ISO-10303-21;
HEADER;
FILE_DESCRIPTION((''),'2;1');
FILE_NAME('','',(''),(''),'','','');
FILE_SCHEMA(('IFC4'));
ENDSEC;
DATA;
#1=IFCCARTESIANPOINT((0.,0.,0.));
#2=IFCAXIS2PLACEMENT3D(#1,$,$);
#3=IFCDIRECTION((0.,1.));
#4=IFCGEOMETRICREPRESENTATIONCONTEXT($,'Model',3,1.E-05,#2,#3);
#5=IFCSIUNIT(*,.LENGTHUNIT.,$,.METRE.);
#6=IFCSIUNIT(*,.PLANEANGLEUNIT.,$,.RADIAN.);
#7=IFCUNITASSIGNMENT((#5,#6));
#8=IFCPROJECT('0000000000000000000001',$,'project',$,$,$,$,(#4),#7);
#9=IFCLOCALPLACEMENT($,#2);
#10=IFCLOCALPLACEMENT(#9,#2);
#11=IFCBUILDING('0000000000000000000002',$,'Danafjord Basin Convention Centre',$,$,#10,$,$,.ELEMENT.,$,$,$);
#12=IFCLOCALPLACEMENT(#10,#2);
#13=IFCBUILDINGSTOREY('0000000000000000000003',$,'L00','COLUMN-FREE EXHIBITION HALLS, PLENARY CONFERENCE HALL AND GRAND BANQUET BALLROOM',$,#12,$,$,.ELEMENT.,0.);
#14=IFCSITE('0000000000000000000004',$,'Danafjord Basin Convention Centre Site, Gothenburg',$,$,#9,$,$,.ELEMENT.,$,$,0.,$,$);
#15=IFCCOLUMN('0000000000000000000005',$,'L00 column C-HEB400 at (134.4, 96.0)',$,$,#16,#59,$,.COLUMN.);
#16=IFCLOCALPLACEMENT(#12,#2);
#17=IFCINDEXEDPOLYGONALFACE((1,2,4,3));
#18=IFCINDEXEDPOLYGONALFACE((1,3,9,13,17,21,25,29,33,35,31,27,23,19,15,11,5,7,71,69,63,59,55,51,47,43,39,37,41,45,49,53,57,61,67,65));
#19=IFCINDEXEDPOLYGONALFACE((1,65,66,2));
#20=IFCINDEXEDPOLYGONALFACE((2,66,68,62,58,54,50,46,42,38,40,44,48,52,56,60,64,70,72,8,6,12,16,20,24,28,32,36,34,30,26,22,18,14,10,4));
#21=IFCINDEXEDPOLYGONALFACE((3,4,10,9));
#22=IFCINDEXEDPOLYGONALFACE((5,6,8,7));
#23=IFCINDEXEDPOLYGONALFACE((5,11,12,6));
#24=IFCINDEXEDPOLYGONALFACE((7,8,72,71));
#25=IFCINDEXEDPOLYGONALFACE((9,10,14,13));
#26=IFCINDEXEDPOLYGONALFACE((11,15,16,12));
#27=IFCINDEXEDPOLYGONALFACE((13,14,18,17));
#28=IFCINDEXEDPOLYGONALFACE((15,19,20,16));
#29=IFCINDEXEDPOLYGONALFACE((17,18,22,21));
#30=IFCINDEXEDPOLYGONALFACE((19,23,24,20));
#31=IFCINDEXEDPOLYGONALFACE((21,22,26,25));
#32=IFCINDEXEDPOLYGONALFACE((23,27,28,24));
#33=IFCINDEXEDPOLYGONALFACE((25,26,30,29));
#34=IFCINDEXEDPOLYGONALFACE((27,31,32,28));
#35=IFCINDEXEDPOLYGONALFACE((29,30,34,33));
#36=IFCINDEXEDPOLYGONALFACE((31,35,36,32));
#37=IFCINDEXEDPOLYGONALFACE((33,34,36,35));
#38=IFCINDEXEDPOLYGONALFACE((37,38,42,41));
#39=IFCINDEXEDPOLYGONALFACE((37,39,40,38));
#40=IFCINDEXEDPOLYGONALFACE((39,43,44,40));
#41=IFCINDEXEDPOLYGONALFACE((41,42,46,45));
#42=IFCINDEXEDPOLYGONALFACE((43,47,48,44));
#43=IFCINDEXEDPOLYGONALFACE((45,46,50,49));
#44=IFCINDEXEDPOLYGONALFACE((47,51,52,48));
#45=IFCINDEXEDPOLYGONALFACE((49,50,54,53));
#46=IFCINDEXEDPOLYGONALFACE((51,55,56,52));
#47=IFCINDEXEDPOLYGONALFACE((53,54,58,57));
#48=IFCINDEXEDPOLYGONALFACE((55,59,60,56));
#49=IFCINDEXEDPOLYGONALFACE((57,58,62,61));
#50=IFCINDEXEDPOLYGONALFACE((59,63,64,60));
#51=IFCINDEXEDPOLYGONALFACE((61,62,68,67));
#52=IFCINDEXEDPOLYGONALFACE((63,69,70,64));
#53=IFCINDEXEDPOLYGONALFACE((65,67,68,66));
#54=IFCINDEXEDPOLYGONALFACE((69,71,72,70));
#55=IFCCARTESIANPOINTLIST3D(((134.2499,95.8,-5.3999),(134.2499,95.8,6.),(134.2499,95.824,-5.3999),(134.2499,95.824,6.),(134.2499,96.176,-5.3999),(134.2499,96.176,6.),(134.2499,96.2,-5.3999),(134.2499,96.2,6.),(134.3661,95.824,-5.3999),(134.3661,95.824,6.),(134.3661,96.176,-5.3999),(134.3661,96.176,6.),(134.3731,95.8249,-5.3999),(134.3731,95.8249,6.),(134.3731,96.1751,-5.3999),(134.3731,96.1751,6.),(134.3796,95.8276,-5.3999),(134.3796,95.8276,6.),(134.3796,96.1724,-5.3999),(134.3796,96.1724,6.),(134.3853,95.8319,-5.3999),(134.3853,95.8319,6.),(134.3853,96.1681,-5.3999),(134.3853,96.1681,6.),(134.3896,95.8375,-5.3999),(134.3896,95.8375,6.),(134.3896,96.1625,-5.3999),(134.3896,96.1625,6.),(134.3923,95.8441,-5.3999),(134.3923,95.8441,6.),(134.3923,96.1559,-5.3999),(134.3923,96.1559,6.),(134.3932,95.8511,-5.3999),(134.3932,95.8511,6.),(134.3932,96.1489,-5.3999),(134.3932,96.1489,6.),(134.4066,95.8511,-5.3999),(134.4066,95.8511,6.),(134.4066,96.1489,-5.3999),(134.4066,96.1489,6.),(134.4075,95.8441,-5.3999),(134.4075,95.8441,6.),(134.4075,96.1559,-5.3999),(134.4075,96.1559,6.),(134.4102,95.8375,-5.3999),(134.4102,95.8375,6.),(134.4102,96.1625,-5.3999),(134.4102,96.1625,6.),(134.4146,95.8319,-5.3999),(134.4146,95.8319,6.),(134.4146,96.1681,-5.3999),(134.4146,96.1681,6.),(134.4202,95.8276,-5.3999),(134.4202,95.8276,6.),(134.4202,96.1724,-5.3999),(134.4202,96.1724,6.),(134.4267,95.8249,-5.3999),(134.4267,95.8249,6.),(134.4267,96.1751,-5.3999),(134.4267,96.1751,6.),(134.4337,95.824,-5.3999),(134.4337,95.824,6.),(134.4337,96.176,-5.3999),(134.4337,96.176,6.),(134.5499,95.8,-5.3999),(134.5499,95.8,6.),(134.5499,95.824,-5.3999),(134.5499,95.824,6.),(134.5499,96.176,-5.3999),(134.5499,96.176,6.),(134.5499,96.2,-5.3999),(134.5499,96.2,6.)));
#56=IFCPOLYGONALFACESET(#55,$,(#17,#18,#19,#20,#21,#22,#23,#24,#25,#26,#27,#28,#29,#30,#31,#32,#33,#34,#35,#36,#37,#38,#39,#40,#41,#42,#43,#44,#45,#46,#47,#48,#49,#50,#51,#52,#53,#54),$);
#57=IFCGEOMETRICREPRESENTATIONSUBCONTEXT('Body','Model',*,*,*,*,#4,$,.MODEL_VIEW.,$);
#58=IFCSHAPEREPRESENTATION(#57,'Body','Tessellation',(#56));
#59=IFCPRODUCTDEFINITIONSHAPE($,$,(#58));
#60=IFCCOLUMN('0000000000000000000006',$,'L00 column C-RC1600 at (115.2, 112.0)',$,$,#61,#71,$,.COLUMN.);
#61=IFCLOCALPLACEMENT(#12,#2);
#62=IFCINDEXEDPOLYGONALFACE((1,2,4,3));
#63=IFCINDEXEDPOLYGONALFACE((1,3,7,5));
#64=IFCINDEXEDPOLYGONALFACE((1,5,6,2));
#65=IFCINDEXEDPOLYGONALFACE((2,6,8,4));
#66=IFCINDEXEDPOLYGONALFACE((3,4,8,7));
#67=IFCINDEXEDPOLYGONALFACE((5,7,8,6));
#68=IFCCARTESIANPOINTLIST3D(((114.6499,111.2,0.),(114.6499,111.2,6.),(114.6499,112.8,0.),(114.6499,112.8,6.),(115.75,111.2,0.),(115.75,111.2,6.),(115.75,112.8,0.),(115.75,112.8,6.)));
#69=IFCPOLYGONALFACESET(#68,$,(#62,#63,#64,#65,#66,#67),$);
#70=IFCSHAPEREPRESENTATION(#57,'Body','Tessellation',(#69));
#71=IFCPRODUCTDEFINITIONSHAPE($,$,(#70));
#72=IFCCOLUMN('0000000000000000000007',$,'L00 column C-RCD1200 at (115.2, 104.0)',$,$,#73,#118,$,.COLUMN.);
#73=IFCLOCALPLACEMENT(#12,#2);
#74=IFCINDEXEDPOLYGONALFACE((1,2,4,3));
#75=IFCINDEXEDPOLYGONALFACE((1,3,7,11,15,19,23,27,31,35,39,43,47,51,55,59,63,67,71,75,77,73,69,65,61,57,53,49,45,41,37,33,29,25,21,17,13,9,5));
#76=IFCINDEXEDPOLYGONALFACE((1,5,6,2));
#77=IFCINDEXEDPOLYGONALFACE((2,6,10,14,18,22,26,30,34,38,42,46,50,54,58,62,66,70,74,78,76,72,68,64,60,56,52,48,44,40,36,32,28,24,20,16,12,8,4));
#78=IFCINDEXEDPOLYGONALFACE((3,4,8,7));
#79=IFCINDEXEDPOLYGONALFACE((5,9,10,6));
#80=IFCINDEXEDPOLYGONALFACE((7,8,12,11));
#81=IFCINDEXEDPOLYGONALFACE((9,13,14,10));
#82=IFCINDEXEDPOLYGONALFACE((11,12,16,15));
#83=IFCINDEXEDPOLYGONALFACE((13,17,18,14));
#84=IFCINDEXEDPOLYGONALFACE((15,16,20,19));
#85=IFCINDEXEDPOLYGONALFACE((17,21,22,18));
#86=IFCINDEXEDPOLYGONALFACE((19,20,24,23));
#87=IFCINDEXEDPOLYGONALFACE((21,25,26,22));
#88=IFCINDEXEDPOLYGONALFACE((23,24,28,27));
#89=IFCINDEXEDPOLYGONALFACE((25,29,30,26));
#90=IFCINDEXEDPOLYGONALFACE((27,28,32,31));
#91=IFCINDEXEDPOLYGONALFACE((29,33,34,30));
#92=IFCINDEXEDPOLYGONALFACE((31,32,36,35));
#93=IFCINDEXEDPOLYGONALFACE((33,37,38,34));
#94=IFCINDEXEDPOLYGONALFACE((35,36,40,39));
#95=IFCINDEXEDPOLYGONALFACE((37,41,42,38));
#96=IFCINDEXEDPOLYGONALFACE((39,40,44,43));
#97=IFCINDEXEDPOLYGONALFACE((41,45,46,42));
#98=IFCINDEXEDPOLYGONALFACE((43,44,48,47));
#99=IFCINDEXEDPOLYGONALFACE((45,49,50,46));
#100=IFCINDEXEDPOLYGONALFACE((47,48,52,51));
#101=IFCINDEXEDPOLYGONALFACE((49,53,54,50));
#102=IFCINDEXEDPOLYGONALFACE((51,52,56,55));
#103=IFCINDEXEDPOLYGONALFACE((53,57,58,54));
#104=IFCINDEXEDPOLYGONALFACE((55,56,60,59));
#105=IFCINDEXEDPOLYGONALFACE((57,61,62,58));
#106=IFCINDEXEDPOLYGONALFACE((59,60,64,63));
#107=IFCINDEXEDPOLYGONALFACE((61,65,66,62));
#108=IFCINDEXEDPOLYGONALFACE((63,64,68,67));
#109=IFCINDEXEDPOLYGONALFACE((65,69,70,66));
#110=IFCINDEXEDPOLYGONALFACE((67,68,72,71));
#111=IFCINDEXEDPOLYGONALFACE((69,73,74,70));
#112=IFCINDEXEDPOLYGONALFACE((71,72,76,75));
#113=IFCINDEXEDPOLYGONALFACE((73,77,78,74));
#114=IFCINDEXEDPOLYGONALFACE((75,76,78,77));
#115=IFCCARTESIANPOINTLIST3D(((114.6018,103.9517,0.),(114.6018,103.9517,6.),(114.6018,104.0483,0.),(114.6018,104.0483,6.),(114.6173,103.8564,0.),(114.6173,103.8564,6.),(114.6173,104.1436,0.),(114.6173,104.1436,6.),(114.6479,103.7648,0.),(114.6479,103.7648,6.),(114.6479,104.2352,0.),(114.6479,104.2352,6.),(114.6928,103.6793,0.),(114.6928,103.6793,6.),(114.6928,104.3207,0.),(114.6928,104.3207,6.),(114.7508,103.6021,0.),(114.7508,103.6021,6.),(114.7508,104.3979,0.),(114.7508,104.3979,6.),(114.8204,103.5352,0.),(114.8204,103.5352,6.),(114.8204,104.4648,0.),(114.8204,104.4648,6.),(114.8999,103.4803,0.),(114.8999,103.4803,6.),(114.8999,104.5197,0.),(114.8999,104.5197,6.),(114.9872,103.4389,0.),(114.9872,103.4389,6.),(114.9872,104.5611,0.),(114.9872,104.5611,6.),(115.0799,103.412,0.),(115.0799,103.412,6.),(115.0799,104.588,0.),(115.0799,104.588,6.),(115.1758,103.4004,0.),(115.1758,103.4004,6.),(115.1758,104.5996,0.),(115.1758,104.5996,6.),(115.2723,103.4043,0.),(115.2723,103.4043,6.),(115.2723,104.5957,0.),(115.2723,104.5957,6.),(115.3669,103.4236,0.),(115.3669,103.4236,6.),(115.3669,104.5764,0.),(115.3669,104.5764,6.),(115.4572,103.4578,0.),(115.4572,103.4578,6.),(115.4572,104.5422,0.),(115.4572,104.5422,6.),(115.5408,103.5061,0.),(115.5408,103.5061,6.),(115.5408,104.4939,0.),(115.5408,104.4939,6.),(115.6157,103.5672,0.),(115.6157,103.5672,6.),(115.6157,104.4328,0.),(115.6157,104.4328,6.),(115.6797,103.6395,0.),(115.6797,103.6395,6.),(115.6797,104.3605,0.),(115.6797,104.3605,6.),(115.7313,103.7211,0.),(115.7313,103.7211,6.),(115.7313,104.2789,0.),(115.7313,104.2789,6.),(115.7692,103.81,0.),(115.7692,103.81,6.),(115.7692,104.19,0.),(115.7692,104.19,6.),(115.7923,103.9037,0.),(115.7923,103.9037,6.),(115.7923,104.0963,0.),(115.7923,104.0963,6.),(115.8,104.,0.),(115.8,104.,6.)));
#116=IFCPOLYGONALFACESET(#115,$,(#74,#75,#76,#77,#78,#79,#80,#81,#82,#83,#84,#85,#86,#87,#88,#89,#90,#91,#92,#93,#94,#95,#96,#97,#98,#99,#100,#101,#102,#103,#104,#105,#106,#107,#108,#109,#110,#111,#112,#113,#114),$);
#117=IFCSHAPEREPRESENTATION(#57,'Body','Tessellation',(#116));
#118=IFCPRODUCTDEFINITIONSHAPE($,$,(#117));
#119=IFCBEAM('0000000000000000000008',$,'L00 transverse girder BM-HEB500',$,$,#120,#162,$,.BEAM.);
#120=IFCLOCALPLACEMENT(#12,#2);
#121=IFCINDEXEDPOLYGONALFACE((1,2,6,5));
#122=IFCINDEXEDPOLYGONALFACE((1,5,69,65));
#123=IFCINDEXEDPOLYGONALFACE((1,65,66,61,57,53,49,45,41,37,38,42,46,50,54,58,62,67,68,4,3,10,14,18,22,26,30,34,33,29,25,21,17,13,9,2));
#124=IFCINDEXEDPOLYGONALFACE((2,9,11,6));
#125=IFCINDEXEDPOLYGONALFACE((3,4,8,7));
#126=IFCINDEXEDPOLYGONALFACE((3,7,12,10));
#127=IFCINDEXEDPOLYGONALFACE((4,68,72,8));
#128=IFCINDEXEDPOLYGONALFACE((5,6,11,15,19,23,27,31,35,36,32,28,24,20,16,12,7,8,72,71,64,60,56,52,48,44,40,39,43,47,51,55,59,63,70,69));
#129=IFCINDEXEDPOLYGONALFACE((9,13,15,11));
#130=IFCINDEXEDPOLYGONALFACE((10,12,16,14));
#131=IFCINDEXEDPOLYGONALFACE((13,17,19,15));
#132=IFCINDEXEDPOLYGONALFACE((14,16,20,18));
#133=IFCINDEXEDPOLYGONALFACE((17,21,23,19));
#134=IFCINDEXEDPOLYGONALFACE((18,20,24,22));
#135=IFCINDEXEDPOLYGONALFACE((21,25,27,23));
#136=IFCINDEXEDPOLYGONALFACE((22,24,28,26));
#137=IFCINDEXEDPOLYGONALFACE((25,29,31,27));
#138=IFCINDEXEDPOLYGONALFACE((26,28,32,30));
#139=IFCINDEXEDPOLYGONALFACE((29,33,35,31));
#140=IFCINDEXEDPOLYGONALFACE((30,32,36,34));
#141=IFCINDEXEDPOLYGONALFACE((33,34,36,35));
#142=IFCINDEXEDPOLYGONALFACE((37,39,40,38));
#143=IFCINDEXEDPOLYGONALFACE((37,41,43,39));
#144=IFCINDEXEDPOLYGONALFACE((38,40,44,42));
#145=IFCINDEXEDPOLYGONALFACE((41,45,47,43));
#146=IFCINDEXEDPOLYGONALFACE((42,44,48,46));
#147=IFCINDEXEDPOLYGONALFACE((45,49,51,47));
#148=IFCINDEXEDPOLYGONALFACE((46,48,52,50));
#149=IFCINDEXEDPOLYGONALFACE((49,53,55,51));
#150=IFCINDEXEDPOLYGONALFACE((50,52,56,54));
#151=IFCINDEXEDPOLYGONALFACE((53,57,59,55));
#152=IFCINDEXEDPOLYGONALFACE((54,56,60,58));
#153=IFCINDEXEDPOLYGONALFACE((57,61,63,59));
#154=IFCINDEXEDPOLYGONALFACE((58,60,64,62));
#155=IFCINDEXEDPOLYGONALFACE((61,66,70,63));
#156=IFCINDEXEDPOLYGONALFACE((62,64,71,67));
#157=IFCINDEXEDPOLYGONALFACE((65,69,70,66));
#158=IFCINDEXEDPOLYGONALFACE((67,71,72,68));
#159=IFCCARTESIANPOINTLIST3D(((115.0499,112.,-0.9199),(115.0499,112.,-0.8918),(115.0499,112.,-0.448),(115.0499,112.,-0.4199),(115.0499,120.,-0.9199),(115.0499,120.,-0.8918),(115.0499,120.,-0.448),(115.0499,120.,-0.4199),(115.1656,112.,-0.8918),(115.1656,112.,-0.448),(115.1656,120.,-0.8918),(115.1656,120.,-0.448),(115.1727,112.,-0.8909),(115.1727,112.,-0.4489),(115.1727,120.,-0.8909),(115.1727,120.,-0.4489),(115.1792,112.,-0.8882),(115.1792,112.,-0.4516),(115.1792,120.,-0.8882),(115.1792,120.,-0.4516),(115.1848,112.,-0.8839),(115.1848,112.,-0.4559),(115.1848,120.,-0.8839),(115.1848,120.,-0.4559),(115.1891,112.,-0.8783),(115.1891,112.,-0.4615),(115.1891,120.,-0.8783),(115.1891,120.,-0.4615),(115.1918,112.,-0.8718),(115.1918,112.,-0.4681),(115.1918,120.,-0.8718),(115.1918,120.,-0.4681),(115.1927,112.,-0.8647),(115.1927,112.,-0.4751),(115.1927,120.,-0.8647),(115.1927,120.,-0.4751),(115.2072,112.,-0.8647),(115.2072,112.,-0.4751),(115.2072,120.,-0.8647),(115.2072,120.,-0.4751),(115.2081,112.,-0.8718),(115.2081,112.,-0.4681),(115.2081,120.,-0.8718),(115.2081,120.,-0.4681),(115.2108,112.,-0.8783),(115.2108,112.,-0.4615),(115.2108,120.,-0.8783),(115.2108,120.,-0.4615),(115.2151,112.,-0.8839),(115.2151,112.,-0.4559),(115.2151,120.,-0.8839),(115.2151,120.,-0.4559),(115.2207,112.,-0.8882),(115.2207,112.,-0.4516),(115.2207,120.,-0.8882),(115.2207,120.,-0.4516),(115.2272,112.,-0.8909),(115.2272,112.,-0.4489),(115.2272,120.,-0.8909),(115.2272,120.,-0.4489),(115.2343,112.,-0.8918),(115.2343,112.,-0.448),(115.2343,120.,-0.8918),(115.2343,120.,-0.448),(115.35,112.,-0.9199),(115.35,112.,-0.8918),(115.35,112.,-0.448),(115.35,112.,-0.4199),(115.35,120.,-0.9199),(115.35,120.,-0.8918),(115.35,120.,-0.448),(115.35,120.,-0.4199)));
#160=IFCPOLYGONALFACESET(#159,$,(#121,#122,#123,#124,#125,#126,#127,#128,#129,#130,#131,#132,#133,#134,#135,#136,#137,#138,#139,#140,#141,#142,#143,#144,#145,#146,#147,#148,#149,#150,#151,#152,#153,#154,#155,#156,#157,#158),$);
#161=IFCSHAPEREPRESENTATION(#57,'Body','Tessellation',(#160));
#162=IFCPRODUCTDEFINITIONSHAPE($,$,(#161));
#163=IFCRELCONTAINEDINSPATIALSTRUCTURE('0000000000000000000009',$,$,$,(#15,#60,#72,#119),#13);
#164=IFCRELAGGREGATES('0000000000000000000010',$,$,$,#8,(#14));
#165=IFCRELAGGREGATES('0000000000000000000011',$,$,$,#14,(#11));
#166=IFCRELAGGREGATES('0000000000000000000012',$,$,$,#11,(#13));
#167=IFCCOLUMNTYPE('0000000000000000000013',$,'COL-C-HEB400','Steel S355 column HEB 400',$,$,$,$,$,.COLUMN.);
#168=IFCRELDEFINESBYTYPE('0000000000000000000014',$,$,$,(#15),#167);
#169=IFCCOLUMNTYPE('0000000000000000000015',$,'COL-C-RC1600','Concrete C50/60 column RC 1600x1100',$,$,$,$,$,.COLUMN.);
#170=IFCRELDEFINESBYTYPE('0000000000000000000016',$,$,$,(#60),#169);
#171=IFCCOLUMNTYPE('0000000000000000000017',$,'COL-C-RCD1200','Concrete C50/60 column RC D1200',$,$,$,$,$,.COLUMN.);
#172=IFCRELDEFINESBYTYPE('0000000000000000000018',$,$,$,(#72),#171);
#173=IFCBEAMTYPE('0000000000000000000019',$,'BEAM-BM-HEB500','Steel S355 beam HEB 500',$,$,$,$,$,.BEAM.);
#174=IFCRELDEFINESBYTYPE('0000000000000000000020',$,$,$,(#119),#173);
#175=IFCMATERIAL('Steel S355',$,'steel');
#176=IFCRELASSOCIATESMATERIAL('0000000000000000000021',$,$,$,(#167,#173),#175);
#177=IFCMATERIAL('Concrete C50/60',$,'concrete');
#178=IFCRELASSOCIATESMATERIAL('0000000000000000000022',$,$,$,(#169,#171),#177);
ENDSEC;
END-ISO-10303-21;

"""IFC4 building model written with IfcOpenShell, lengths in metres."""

from ifc_helpers import new_model, si_unit, direction, frame, origin, origin_2d, place, context, subcontext, project, spatial, rectangle, circle, i_section, extrude, material, material_profile, profile_set, type_object, element, save


model = new_model("IFC4")

# Units and contexts
model_context = context("Model", 3, precision=1e-05, world=origin(), true_north=direction((0.0, 1.0)))
body_context = subcontext(model_context, "Body", "Model", "MODEL_VIEW")
ifc_project = project(units=[si_unit("LENGTHUNIT", "METRE"), si_unit("PLANEANGLEUNIT", "RADIAN")], contexts=[model_context])

# Site, building, storey
site_placement = place(None, origin())
site = spatial("IfcSite", under=ifc_project, at=site_placement, Name="Danafjord Basin Convention Centre Site, Gothenburg", CompositionType="ELEMENT", RefElevation=0.0)
building_placement = place(site_placement, origin())
building = spatial("IfcBuilding", under=site, at=building_placement, Name="Danafjord Basin Convention Centre", CompositionType="ELEMENT")
storey_placement = place(building_placement, origin())
storey = spatial("IfcBuildingStorey", under=building, at=storey_placement, Name="L00", Description="COLUMN-FREE EXHIBITION HALLS, PLENARY CONFERENCE HALL AND GRAND BANQUET BALLROOM", CompositionType="ELEMENT", Elevation=0.0)

# Columns
ifc_material_1 = material(Name="Steel S355", Category="steel")
ifc_material_profile_1 = material_profile(ifc_material_1, i_section(OverallWidth=0.3, OverallDepth=0.3999, WebThickness=0.0134, FlangeThickness=0.0239, FilletRadius=0.0271, at=origin_2d()), Name="HEB 400")
ifc_profile_set_1 = profile_set([ifc_material_profile_1], Name="Steel S355")
column_type_1 = type_object("IfcColumnType", Name="COL-C-HEB400", Description="Steel S355 column HEB 400", PredefinedType="COLUMN", material=ifc_profile_set_1)
column_1_placement = place(storey_placement, frame((134.3999, 96.0, -5.3999), z_axis=(0.0, 0.0, 1.0), x_axis=(1.0, 0.0, 0.0)))
element("IfcColumn", 1, at=column_1_placement, inside=storey, type_object=column_type_1, Name="L00 column C-HEB400 at (134.4, 96.0)", PredefinedType="COLUMN", context=body_context, shape_type="SweptSolid", body=[
    extrude(i_section(OverallWidth=0.3, OverallDepth=0.3999, WebThickness=0.0134, FlangeThickness=0.0239, FilletRadius=0.0271, at=origin_2d()), origin(), (0.0, 0.0, 1.0), 11.3999),
])
ifc_material_2 = material(Name="Concrete C50/60", Category="concrete")
ifc_material_profile_2 = material_profile(ifc_material_2, rectangle(XDim=1.1001, YDim=1.6001, at=origin_2d()), Name="RC 1600x1100")
ifc_profile_set_2 = profile_set([ifc_material_profile_2], Name="Concrete C50/60")
column_type_2 = type_object("IfcColumnType", Name="COL-C-RC1600", Description="Concrete C50/60 column RC 1600x1100", PredefinedType="COLUMN", material=ifc_profile_set_2)
column_2_placement = place(storey_placement, frame((115.2, 112.0, 0.0), z_axis=(0.0, 0.0, 1.0), x_axis=(1.0, 0.0, 0.0)))
element("IfcColumn", 2, at=column_2_placement, inside=storey, type_object=column_type_2, Name="L00 column C-RC1600 at (115.2, 112.0)", PredefinedType="COLUMN", context=body_context, shape_type="SweptSolid", body=[
    extrude(rectangle(XDim=1.1001, YDim=1.6001, at=origin_2d()), origin(), (0.0, 0.0, 1.0), 6.0),
])
ifc_material_profile_3 = material_profile(ifc_material_2, circle(Radius=0.6001, at=origin_2d()), Name="RC D1200")
ifc_profile_set_3 = profile_set([ifc_material_profile_3], Name="Concrete C50/60")
column_type_3 = type_object("IfcColumnType", Name="COL-C-RCD1200", Description="Concrete C50/60 column RC D1200", PredefinedType="COLUMN", material=ifc_profile_set_3)
column_3_placement = place(storey_placement, frame((115.2, 104.0, 0.0), z_axis=(0.0, 0.0, 1.0), x_axis=(1.0, 0.0, 0.0)))
element("IfcColumn", 3, at=column_3_placement, inside=storey, type_object=column_type_3, Name="L00 column C-RCD1200 at (115.2, 104.0)", PredefinedType="COLUMN", context=body_context, shape_type="SweptSolid", body=[
    extrude(circle(Radius=0.6001, at=origin_2d()), origin(), (0.0, 0.0, 1.0), 6.0),
])

# Beam
ifc_material_profile_4 = material_profile(ifc_material_1, i_section(OverallWidth=0.3, OverallDepth=0.5, WebThickness=0.0144, FlangeThickness=0.0281, FilletRadius=0.0271, at=origin_2d()), Name="HEB 500")
ifc_profile_set_4 = profile_set([ifc_material_profile_4], Name="Steel S355")
beam_type_1 = type_object("IfcBeamType", Name="BEAM-BM-HEB500", Description="Steel S355 beam HEB 500", PredefinedType="BEAM", material=ifc_profile_set_4)
beam_1_placement = place(storey_placement, frame((115.2, 112.0, -0.6699), z_axis=(0.0, 1.0, 0.0), x_axis=(-1.0, 0.0, 0.0)))
element("IfcBeam", 4, at=beam_1_placement, inside=storey, type_object=beam_type_1, Name="L00 transverse girder BM-HEB500", PredefinedType="BEAM", context=body_context, shape_type="SweptSolid", body=[
    extrude(i_section(OverallWidth=0.3, OverallDepth=0.5, WebThickness=0.0144, FlangeThickness=0.0281, FilletRadius=0.0271, at=origin_2d()), origin(), (0.0, 0.0, 1.0), 8.0),
])

save(model, "model.ifc")
